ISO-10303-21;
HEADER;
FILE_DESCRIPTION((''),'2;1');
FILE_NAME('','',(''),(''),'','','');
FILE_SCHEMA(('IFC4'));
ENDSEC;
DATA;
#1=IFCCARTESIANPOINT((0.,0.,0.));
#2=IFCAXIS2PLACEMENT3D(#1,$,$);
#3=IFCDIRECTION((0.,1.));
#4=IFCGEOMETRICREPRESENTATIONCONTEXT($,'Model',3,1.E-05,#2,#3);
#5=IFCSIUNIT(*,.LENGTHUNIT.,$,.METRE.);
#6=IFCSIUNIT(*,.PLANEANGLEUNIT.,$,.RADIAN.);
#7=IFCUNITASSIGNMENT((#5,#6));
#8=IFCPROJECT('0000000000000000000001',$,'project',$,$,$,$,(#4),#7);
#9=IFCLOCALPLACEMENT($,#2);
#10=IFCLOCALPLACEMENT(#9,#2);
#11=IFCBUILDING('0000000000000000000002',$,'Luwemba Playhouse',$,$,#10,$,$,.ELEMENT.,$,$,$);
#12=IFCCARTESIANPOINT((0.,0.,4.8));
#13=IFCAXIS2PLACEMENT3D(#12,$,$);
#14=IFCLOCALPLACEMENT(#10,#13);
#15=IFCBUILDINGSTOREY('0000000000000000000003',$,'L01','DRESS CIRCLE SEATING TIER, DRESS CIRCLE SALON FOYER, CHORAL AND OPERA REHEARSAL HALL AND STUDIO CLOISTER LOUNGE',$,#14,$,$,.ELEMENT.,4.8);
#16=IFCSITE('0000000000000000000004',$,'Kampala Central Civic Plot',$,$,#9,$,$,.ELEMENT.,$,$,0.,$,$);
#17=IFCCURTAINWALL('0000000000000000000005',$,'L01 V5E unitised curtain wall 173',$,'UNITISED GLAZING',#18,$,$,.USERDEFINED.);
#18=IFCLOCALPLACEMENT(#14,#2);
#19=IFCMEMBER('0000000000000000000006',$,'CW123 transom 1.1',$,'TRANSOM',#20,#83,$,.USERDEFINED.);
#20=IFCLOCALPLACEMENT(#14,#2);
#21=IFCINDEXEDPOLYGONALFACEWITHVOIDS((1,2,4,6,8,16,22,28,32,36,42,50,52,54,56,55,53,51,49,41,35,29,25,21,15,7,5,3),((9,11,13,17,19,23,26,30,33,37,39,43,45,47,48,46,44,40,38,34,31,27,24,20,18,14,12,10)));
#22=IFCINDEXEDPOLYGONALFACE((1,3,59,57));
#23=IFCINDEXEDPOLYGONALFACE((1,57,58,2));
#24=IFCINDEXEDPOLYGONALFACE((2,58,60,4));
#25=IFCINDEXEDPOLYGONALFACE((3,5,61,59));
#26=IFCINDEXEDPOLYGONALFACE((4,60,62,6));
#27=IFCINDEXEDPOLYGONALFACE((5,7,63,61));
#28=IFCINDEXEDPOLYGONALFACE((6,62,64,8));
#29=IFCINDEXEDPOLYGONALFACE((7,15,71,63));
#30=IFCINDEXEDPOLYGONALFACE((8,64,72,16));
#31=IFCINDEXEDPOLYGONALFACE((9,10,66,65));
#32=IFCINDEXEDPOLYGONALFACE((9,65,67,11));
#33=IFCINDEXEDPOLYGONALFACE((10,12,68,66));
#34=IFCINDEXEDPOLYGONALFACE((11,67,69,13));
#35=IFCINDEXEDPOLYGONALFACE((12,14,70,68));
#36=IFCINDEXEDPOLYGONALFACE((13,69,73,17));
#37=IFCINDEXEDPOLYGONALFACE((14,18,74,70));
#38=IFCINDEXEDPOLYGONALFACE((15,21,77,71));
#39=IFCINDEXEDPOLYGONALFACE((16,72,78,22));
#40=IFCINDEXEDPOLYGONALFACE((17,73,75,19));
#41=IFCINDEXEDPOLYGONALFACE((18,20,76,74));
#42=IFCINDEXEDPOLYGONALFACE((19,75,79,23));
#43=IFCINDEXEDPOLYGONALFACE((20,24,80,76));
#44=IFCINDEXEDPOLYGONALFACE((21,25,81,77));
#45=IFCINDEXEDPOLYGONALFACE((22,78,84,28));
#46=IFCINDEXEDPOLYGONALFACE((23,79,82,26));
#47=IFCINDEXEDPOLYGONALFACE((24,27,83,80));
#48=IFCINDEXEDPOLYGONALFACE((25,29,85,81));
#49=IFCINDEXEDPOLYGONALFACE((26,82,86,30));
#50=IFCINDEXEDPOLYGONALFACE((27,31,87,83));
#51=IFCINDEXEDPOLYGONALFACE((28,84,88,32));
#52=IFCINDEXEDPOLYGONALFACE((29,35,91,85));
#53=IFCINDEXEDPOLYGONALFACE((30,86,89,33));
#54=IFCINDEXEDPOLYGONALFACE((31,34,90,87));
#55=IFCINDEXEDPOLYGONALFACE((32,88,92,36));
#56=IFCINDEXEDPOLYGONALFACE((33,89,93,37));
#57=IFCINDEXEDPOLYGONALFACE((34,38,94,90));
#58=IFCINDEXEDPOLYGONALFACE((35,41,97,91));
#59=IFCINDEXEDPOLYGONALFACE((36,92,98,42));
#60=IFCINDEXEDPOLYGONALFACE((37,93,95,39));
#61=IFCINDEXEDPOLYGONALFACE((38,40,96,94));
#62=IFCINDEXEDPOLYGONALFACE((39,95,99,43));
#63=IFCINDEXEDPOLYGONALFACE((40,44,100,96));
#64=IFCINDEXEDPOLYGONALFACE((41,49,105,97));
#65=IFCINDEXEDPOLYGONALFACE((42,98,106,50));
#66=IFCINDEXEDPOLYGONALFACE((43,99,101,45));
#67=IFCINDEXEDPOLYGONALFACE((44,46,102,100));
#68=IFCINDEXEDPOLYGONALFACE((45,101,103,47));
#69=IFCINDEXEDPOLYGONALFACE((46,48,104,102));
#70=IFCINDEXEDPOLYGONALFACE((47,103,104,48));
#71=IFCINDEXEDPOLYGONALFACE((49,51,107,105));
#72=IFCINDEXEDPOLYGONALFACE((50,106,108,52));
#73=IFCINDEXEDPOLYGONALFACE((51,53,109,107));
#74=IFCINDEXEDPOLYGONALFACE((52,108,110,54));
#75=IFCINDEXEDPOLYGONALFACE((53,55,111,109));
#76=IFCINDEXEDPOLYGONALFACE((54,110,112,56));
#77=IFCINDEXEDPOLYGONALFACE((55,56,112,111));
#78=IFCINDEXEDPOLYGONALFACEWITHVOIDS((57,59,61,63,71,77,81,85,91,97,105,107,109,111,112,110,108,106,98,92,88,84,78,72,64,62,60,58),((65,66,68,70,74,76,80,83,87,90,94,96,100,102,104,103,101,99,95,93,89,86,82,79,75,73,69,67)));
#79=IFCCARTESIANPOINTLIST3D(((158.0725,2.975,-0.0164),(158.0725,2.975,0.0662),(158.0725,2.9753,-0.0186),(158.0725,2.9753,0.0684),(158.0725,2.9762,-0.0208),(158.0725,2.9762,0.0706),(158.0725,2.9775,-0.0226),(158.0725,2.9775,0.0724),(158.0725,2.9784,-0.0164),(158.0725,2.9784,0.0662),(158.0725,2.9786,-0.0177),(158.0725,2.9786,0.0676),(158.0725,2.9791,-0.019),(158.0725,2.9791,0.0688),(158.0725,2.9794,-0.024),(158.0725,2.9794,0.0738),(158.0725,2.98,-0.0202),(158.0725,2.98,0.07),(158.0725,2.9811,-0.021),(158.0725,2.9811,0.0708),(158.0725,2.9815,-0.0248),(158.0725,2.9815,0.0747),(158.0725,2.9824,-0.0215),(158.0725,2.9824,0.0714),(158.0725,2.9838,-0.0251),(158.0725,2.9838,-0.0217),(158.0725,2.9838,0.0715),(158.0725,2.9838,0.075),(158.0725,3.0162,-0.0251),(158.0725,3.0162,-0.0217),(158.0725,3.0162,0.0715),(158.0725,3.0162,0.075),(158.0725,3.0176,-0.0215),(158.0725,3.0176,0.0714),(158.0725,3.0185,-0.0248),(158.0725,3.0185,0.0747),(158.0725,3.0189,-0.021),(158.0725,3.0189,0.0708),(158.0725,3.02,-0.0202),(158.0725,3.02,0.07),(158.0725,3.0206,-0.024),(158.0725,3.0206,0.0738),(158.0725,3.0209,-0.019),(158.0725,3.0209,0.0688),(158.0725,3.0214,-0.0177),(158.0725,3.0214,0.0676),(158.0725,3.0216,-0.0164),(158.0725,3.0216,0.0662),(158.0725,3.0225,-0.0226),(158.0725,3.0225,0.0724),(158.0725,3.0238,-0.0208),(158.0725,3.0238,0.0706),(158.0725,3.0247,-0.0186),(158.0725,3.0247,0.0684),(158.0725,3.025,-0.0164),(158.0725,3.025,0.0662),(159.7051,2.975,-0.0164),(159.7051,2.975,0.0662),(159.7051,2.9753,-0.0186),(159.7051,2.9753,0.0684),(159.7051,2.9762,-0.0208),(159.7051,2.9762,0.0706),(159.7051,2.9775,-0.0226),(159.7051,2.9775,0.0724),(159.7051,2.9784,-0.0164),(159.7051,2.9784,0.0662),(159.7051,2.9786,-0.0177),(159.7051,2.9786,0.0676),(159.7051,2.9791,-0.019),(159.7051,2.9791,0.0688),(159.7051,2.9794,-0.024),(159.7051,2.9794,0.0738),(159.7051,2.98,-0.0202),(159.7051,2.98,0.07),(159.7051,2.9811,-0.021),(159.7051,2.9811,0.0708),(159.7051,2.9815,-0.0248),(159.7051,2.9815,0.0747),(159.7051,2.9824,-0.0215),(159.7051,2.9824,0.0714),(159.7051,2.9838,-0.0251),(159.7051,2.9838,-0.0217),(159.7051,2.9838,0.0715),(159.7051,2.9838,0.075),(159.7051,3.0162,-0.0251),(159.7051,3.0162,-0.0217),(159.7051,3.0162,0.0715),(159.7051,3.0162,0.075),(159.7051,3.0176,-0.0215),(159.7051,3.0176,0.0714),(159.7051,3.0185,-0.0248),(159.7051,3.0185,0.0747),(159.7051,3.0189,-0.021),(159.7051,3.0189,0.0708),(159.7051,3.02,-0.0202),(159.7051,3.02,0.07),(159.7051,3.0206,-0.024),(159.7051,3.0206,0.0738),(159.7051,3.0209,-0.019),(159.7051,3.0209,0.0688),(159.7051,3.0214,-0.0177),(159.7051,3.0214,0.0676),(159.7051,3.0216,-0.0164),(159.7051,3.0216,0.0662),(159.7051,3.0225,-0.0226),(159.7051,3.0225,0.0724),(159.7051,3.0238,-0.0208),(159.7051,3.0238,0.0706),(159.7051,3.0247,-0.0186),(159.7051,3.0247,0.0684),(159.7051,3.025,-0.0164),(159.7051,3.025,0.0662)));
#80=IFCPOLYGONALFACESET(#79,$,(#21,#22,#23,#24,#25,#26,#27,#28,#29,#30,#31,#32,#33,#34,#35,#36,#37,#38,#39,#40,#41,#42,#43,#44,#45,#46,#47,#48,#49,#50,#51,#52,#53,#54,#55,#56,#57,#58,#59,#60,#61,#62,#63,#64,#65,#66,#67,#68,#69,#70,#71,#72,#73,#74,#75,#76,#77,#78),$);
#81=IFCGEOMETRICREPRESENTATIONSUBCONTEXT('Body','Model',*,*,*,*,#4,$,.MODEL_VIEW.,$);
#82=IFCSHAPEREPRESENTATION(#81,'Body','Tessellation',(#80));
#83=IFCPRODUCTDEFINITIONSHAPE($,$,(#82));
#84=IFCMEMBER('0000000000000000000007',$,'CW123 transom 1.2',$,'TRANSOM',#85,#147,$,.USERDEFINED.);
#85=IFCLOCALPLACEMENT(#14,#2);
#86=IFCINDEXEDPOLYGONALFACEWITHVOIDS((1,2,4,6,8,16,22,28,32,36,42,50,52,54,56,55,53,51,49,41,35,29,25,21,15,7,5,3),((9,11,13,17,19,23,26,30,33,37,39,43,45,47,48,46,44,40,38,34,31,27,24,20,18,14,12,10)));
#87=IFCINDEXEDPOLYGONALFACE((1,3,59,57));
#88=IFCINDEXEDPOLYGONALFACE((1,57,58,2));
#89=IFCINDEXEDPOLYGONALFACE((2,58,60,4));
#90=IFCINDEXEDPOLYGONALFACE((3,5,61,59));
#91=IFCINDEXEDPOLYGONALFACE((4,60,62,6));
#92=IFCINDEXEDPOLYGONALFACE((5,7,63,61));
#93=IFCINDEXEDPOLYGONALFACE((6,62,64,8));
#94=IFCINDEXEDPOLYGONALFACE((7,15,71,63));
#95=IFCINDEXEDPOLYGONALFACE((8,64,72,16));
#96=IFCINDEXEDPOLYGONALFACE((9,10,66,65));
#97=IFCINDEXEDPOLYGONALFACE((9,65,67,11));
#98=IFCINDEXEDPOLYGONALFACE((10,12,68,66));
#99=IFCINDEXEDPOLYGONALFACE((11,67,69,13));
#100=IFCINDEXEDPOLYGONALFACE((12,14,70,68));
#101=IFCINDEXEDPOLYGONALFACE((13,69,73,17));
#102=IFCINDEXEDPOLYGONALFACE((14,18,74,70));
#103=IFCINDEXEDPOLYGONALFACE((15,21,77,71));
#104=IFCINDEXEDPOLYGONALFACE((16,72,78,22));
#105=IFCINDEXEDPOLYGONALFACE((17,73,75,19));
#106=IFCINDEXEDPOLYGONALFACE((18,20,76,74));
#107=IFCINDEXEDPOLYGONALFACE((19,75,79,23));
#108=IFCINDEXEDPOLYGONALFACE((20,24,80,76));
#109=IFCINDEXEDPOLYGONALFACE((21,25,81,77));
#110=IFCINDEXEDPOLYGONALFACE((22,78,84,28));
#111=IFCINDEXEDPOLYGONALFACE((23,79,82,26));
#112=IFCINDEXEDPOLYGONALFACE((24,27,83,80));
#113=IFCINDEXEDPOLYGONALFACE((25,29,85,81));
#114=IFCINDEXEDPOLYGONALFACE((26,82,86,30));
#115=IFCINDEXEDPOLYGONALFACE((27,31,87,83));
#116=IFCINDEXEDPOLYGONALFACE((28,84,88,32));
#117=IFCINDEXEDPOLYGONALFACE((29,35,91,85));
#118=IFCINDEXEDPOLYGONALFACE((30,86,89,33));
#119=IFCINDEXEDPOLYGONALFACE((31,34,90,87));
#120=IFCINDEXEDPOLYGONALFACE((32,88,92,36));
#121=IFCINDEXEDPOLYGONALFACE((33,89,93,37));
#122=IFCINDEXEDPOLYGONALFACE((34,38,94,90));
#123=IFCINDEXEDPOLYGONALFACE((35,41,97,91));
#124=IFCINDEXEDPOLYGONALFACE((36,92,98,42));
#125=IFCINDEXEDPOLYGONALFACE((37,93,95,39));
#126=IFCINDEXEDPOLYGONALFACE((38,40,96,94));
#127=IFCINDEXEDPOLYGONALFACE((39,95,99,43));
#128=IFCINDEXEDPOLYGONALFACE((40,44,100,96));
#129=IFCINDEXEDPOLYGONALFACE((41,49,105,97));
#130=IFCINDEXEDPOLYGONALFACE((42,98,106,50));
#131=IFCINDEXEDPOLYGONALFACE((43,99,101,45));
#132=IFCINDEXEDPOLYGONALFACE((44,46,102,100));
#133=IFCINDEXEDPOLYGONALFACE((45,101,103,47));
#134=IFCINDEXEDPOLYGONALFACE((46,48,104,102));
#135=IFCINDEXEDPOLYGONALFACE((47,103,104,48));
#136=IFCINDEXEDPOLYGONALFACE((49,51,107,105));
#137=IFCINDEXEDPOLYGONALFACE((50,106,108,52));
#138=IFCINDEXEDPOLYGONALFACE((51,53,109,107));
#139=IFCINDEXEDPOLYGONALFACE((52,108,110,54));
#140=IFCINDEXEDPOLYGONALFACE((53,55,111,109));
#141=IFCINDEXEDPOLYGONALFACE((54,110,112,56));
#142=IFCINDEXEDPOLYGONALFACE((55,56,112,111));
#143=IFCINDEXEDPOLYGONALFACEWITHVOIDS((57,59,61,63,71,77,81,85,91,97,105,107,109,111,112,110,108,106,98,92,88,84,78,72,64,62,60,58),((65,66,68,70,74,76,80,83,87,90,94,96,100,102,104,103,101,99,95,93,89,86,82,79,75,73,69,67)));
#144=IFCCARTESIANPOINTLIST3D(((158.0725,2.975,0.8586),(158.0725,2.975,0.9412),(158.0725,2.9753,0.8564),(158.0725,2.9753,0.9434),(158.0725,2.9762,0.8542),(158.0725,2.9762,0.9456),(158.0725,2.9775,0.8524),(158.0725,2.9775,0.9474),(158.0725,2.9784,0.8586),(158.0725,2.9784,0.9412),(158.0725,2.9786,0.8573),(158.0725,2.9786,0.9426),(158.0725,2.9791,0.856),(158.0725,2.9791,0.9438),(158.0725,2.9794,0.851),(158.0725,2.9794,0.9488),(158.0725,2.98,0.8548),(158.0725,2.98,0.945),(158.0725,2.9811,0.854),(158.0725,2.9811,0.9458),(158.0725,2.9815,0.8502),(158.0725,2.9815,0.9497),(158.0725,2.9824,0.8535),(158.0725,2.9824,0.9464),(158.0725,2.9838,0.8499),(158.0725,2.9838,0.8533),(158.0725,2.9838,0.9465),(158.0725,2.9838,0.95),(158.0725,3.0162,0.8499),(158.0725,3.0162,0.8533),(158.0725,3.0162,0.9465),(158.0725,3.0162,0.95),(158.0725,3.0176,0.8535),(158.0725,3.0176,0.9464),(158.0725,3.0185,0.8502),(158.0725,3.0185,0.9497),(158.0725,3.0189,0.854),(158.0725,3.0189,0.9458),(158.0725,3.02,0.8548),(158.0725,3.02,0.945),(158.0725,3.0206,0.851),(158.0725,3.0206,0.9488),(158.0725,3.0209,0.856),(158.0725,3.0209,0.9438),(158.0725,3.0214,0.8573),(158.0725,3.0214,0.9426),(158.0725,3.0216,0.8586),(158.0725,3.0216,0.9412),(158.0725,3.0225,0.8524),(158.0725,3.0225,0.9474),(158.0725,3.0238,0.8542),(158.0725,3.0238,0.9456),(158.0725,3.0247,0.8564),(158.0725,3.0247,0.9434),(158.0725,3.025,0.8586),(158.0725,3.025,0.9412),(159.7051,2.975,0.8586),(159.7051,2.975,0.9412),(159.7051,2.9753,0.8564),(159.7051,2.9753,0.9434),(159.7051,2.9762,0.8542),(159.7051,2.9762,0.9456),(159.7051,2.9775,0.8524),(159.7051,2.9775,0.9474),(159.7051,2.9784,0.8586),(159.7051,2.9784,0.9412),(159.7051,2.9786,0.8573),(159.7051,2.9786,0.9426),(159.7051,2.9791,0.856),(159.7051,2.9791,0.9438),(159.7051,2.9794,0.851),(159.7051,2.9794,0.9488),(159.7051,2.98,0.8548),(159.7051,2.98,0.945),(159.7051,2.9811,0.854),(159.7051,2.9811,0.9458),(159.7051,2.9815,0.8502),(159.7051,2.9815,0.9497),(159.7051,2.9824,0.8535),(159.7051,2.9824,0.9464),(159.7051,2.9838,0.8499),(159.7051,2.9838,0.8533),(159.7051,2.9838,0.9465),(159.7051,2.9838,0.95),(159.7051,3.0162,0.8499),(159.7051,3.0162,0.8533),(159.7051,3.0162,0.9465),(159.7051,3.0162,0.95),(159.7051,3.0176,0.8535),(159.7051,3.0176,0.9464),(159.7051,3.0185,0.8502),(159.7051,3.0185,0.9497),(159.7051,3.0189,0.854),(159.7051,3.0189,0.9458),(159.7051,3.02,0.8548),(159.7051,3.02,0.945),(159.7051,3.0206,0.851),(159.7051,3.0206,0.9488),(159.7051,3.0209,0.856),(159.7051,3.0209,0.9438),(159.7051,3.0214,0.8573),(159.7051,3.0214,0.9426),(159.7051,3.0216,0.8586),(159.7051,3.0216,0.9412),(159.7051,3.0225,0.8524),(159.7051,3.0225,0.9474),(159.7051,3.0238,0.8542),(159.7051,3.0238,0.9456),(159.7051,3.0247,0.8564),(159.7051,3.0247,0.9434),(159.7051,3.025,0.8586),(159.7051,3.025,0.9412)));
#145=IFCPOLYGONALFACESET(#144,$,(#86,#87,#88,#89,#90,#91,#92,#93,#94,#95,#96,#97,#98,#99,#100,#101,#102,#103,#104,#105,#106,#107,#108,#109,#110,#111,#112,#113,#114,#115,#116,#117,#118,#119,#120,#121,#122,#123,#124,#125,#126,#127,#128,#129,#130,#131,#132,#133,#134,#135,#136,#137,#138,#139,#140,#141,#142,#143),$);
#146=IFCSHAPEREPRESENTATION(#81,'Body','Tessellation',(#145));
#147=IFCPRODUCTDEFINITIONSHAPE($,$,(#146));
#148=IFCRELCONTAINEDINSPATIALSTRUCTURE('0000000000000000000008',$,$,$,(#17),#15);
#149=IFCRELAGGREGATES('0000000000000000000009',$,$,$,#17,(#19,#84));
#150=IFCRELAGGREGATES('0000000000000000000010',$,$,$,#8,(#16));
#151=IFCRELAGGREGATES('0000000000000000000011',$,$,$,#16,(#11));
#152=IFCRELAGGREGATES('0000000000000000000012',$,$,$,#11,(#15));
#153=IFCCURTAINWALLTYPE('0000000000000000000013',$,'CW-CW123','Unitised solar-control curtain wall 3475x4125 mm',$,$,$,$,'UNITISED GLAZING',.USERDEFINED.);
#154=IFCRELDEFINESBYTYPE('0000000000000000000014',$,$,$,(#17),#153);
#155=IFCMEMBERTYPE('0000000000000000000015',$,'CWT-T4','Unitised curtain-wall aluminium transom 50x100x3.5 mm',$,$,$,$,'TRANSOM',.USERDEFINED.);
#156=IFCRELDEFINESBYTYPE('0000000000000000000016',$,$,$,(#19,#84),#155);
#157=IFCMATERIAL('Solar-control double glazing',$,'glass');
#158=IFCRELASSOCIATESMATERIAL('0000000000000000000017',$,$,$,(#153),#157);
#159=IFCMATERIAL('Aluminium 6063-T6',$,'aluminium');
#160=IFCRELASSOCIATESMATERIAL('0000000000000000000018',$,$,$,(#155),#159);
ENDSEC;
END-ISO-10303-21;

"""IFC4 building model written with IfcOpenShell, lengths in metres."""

from ifc_helpers import new_model, si_unit, direction, frame, origin, origin_2d, place, context, subcontext, project, spatial, hollow_rectangle, extrude, material, material_profile, profile_set, type_object, element, aggregate, save


model = new_model("IFC4")

# Units and contexts
model_context = context("Model", 3, precision=1e-05, world=origin(), true_north=direction((0.0, 1.0)))
body_context = subcontext(model_context, "Body", "Model", "MODEL_VIEW")
ifc_project = project(units=[si_unit("LENGTHUNIT", "METRE"), si_unit("PLANEANGLEUNIT", "RADIAN")], contexts=[model_context])

# Site, building, storey
site_placement = place(None, origin())
site = spatial("IfcSite", under=ifc_project, at=site_placement, Name="Kampala Central Civic Plot", CompositionType="ELEMENT", RefElevation=0.0)
building_placement = place(site_placement, origin())
building = spatial("IfcBuilding", under=site, at=building_placement, Name="Luwemba Playhouse", CompositionType="ELEMENT")
storey_placement = place(building_placement, frame((0.0, 0.0, 4.8)))
storey = spatial("IfcBuildingStorey", under=building, at=storey_placement, Name="L01", Description="DRESS CIRCLE SEATING TIER, DRESS CIRCLE SALON FOYER, CHORAL AND OPERA REHEARSAL HALL AND STUDIO CLOISTER LOUNGE", CompositionType="ELEMENT", Elevation=4.8)

# Shared definitions
ifc_material_1 = material(Name="Solar-control double glazing", Category="glass")
ifc_material_2 = material(Name="Aluminium 6063-T6", Category="aluminium")

# Curtain wall
curtain_wall_type_1 = type_object("IfcCurtainWallType", Name="CW-CW123", Description="Unitised solar-control curtain wall 3475x4125 mm", ElementType="UNITISED GLAZING", PredefinedType="USERDEFINED", material=ifc_material_1)
curtain_wall_1_placement = place(storey_placement, origin())
curtain_wall_1 = element("IfcCurtainWall", 1, at=curtain_wall_1_placement, inside=storey, type_object=curtain_wall_type_1, Name="L01 V5E unitised curtain wall 173", ObjectType="UNITISED GLAZING", PredefinedType="USERDEFINED")

# Members
ifc_material_profile_1 = material_profile(ifc_material_2, hollow_rectangle(XDim=0.05, YDim=0.1001, WallThickness=0.0034, InnerFilletRadius=0.0054, OuterFilletRadius=0.0088, at=origin_2d()))
ifc_profile_set_1 = profile_set([ifc_material_profile_1], Name="Aluminium 6063-T6")
member_type_1 = type_object("IfcMemberType", Name="CWT-T4", Description="Unitised curtain-wall aluminium transom 50x100x3.5 mm", ElementType="TRANSOM", PredefinedType="USERDEFINED", material=ifc_profile_set_1)
member_1_placement = place(storey_placement, frame((159.7051, 3.0, 0.0249), z_axis=(-1.0, 0.0, 0.0), x_axis=(0.0, -1.0, 0.0)))
member_1 = element("IfcMember", 2, at=member_1_placement, type_object=member_type_1, Name="CW123 transom 1.1", ObjectType="TRANSOM", PredefinedType="USERDEFINED", context=body_context, shape_type="SweptSolid", body=[
    extrude(hollow_rectangle(XDim=0.05, YDim=0.1001, WallThickness=0.0034, InnerFilletRadius=0.0054, OuterFilletRadius=0.0088, at=origin_2d()), origin(), (0.0, 0.0, 1.0), 1.6326),
])
member_2_placement = place(storey_placement, frame((159.7051, 3.0, 0.8999), z_axis=(-1.0, 0.0, 0.0), x_axis=(0.0, -1.0, 0.0)))
member_2 = element("IfcMember", 3, at=member_2_placement, type_object=member_type_1, Name="CW123 transom 1.2", ObjectType="TRANSOM", PredefinedType="USERDEFINED", context=body_context, shape_type="SweptSolid", body=[
    extrude(hollow_rectangle(XDim=0.05, YDim=0.1001, WallThickness=0.0034, InnerFilletRadius=0.0054, OuterFilletRadius=0.0088, at=origin_2d()), origin(), (0.0, 0.0, 1.0), 1.6326),
])

aggregate(curtain_wall_1, [member_1, member_2])

save(model, "model.ifc")
